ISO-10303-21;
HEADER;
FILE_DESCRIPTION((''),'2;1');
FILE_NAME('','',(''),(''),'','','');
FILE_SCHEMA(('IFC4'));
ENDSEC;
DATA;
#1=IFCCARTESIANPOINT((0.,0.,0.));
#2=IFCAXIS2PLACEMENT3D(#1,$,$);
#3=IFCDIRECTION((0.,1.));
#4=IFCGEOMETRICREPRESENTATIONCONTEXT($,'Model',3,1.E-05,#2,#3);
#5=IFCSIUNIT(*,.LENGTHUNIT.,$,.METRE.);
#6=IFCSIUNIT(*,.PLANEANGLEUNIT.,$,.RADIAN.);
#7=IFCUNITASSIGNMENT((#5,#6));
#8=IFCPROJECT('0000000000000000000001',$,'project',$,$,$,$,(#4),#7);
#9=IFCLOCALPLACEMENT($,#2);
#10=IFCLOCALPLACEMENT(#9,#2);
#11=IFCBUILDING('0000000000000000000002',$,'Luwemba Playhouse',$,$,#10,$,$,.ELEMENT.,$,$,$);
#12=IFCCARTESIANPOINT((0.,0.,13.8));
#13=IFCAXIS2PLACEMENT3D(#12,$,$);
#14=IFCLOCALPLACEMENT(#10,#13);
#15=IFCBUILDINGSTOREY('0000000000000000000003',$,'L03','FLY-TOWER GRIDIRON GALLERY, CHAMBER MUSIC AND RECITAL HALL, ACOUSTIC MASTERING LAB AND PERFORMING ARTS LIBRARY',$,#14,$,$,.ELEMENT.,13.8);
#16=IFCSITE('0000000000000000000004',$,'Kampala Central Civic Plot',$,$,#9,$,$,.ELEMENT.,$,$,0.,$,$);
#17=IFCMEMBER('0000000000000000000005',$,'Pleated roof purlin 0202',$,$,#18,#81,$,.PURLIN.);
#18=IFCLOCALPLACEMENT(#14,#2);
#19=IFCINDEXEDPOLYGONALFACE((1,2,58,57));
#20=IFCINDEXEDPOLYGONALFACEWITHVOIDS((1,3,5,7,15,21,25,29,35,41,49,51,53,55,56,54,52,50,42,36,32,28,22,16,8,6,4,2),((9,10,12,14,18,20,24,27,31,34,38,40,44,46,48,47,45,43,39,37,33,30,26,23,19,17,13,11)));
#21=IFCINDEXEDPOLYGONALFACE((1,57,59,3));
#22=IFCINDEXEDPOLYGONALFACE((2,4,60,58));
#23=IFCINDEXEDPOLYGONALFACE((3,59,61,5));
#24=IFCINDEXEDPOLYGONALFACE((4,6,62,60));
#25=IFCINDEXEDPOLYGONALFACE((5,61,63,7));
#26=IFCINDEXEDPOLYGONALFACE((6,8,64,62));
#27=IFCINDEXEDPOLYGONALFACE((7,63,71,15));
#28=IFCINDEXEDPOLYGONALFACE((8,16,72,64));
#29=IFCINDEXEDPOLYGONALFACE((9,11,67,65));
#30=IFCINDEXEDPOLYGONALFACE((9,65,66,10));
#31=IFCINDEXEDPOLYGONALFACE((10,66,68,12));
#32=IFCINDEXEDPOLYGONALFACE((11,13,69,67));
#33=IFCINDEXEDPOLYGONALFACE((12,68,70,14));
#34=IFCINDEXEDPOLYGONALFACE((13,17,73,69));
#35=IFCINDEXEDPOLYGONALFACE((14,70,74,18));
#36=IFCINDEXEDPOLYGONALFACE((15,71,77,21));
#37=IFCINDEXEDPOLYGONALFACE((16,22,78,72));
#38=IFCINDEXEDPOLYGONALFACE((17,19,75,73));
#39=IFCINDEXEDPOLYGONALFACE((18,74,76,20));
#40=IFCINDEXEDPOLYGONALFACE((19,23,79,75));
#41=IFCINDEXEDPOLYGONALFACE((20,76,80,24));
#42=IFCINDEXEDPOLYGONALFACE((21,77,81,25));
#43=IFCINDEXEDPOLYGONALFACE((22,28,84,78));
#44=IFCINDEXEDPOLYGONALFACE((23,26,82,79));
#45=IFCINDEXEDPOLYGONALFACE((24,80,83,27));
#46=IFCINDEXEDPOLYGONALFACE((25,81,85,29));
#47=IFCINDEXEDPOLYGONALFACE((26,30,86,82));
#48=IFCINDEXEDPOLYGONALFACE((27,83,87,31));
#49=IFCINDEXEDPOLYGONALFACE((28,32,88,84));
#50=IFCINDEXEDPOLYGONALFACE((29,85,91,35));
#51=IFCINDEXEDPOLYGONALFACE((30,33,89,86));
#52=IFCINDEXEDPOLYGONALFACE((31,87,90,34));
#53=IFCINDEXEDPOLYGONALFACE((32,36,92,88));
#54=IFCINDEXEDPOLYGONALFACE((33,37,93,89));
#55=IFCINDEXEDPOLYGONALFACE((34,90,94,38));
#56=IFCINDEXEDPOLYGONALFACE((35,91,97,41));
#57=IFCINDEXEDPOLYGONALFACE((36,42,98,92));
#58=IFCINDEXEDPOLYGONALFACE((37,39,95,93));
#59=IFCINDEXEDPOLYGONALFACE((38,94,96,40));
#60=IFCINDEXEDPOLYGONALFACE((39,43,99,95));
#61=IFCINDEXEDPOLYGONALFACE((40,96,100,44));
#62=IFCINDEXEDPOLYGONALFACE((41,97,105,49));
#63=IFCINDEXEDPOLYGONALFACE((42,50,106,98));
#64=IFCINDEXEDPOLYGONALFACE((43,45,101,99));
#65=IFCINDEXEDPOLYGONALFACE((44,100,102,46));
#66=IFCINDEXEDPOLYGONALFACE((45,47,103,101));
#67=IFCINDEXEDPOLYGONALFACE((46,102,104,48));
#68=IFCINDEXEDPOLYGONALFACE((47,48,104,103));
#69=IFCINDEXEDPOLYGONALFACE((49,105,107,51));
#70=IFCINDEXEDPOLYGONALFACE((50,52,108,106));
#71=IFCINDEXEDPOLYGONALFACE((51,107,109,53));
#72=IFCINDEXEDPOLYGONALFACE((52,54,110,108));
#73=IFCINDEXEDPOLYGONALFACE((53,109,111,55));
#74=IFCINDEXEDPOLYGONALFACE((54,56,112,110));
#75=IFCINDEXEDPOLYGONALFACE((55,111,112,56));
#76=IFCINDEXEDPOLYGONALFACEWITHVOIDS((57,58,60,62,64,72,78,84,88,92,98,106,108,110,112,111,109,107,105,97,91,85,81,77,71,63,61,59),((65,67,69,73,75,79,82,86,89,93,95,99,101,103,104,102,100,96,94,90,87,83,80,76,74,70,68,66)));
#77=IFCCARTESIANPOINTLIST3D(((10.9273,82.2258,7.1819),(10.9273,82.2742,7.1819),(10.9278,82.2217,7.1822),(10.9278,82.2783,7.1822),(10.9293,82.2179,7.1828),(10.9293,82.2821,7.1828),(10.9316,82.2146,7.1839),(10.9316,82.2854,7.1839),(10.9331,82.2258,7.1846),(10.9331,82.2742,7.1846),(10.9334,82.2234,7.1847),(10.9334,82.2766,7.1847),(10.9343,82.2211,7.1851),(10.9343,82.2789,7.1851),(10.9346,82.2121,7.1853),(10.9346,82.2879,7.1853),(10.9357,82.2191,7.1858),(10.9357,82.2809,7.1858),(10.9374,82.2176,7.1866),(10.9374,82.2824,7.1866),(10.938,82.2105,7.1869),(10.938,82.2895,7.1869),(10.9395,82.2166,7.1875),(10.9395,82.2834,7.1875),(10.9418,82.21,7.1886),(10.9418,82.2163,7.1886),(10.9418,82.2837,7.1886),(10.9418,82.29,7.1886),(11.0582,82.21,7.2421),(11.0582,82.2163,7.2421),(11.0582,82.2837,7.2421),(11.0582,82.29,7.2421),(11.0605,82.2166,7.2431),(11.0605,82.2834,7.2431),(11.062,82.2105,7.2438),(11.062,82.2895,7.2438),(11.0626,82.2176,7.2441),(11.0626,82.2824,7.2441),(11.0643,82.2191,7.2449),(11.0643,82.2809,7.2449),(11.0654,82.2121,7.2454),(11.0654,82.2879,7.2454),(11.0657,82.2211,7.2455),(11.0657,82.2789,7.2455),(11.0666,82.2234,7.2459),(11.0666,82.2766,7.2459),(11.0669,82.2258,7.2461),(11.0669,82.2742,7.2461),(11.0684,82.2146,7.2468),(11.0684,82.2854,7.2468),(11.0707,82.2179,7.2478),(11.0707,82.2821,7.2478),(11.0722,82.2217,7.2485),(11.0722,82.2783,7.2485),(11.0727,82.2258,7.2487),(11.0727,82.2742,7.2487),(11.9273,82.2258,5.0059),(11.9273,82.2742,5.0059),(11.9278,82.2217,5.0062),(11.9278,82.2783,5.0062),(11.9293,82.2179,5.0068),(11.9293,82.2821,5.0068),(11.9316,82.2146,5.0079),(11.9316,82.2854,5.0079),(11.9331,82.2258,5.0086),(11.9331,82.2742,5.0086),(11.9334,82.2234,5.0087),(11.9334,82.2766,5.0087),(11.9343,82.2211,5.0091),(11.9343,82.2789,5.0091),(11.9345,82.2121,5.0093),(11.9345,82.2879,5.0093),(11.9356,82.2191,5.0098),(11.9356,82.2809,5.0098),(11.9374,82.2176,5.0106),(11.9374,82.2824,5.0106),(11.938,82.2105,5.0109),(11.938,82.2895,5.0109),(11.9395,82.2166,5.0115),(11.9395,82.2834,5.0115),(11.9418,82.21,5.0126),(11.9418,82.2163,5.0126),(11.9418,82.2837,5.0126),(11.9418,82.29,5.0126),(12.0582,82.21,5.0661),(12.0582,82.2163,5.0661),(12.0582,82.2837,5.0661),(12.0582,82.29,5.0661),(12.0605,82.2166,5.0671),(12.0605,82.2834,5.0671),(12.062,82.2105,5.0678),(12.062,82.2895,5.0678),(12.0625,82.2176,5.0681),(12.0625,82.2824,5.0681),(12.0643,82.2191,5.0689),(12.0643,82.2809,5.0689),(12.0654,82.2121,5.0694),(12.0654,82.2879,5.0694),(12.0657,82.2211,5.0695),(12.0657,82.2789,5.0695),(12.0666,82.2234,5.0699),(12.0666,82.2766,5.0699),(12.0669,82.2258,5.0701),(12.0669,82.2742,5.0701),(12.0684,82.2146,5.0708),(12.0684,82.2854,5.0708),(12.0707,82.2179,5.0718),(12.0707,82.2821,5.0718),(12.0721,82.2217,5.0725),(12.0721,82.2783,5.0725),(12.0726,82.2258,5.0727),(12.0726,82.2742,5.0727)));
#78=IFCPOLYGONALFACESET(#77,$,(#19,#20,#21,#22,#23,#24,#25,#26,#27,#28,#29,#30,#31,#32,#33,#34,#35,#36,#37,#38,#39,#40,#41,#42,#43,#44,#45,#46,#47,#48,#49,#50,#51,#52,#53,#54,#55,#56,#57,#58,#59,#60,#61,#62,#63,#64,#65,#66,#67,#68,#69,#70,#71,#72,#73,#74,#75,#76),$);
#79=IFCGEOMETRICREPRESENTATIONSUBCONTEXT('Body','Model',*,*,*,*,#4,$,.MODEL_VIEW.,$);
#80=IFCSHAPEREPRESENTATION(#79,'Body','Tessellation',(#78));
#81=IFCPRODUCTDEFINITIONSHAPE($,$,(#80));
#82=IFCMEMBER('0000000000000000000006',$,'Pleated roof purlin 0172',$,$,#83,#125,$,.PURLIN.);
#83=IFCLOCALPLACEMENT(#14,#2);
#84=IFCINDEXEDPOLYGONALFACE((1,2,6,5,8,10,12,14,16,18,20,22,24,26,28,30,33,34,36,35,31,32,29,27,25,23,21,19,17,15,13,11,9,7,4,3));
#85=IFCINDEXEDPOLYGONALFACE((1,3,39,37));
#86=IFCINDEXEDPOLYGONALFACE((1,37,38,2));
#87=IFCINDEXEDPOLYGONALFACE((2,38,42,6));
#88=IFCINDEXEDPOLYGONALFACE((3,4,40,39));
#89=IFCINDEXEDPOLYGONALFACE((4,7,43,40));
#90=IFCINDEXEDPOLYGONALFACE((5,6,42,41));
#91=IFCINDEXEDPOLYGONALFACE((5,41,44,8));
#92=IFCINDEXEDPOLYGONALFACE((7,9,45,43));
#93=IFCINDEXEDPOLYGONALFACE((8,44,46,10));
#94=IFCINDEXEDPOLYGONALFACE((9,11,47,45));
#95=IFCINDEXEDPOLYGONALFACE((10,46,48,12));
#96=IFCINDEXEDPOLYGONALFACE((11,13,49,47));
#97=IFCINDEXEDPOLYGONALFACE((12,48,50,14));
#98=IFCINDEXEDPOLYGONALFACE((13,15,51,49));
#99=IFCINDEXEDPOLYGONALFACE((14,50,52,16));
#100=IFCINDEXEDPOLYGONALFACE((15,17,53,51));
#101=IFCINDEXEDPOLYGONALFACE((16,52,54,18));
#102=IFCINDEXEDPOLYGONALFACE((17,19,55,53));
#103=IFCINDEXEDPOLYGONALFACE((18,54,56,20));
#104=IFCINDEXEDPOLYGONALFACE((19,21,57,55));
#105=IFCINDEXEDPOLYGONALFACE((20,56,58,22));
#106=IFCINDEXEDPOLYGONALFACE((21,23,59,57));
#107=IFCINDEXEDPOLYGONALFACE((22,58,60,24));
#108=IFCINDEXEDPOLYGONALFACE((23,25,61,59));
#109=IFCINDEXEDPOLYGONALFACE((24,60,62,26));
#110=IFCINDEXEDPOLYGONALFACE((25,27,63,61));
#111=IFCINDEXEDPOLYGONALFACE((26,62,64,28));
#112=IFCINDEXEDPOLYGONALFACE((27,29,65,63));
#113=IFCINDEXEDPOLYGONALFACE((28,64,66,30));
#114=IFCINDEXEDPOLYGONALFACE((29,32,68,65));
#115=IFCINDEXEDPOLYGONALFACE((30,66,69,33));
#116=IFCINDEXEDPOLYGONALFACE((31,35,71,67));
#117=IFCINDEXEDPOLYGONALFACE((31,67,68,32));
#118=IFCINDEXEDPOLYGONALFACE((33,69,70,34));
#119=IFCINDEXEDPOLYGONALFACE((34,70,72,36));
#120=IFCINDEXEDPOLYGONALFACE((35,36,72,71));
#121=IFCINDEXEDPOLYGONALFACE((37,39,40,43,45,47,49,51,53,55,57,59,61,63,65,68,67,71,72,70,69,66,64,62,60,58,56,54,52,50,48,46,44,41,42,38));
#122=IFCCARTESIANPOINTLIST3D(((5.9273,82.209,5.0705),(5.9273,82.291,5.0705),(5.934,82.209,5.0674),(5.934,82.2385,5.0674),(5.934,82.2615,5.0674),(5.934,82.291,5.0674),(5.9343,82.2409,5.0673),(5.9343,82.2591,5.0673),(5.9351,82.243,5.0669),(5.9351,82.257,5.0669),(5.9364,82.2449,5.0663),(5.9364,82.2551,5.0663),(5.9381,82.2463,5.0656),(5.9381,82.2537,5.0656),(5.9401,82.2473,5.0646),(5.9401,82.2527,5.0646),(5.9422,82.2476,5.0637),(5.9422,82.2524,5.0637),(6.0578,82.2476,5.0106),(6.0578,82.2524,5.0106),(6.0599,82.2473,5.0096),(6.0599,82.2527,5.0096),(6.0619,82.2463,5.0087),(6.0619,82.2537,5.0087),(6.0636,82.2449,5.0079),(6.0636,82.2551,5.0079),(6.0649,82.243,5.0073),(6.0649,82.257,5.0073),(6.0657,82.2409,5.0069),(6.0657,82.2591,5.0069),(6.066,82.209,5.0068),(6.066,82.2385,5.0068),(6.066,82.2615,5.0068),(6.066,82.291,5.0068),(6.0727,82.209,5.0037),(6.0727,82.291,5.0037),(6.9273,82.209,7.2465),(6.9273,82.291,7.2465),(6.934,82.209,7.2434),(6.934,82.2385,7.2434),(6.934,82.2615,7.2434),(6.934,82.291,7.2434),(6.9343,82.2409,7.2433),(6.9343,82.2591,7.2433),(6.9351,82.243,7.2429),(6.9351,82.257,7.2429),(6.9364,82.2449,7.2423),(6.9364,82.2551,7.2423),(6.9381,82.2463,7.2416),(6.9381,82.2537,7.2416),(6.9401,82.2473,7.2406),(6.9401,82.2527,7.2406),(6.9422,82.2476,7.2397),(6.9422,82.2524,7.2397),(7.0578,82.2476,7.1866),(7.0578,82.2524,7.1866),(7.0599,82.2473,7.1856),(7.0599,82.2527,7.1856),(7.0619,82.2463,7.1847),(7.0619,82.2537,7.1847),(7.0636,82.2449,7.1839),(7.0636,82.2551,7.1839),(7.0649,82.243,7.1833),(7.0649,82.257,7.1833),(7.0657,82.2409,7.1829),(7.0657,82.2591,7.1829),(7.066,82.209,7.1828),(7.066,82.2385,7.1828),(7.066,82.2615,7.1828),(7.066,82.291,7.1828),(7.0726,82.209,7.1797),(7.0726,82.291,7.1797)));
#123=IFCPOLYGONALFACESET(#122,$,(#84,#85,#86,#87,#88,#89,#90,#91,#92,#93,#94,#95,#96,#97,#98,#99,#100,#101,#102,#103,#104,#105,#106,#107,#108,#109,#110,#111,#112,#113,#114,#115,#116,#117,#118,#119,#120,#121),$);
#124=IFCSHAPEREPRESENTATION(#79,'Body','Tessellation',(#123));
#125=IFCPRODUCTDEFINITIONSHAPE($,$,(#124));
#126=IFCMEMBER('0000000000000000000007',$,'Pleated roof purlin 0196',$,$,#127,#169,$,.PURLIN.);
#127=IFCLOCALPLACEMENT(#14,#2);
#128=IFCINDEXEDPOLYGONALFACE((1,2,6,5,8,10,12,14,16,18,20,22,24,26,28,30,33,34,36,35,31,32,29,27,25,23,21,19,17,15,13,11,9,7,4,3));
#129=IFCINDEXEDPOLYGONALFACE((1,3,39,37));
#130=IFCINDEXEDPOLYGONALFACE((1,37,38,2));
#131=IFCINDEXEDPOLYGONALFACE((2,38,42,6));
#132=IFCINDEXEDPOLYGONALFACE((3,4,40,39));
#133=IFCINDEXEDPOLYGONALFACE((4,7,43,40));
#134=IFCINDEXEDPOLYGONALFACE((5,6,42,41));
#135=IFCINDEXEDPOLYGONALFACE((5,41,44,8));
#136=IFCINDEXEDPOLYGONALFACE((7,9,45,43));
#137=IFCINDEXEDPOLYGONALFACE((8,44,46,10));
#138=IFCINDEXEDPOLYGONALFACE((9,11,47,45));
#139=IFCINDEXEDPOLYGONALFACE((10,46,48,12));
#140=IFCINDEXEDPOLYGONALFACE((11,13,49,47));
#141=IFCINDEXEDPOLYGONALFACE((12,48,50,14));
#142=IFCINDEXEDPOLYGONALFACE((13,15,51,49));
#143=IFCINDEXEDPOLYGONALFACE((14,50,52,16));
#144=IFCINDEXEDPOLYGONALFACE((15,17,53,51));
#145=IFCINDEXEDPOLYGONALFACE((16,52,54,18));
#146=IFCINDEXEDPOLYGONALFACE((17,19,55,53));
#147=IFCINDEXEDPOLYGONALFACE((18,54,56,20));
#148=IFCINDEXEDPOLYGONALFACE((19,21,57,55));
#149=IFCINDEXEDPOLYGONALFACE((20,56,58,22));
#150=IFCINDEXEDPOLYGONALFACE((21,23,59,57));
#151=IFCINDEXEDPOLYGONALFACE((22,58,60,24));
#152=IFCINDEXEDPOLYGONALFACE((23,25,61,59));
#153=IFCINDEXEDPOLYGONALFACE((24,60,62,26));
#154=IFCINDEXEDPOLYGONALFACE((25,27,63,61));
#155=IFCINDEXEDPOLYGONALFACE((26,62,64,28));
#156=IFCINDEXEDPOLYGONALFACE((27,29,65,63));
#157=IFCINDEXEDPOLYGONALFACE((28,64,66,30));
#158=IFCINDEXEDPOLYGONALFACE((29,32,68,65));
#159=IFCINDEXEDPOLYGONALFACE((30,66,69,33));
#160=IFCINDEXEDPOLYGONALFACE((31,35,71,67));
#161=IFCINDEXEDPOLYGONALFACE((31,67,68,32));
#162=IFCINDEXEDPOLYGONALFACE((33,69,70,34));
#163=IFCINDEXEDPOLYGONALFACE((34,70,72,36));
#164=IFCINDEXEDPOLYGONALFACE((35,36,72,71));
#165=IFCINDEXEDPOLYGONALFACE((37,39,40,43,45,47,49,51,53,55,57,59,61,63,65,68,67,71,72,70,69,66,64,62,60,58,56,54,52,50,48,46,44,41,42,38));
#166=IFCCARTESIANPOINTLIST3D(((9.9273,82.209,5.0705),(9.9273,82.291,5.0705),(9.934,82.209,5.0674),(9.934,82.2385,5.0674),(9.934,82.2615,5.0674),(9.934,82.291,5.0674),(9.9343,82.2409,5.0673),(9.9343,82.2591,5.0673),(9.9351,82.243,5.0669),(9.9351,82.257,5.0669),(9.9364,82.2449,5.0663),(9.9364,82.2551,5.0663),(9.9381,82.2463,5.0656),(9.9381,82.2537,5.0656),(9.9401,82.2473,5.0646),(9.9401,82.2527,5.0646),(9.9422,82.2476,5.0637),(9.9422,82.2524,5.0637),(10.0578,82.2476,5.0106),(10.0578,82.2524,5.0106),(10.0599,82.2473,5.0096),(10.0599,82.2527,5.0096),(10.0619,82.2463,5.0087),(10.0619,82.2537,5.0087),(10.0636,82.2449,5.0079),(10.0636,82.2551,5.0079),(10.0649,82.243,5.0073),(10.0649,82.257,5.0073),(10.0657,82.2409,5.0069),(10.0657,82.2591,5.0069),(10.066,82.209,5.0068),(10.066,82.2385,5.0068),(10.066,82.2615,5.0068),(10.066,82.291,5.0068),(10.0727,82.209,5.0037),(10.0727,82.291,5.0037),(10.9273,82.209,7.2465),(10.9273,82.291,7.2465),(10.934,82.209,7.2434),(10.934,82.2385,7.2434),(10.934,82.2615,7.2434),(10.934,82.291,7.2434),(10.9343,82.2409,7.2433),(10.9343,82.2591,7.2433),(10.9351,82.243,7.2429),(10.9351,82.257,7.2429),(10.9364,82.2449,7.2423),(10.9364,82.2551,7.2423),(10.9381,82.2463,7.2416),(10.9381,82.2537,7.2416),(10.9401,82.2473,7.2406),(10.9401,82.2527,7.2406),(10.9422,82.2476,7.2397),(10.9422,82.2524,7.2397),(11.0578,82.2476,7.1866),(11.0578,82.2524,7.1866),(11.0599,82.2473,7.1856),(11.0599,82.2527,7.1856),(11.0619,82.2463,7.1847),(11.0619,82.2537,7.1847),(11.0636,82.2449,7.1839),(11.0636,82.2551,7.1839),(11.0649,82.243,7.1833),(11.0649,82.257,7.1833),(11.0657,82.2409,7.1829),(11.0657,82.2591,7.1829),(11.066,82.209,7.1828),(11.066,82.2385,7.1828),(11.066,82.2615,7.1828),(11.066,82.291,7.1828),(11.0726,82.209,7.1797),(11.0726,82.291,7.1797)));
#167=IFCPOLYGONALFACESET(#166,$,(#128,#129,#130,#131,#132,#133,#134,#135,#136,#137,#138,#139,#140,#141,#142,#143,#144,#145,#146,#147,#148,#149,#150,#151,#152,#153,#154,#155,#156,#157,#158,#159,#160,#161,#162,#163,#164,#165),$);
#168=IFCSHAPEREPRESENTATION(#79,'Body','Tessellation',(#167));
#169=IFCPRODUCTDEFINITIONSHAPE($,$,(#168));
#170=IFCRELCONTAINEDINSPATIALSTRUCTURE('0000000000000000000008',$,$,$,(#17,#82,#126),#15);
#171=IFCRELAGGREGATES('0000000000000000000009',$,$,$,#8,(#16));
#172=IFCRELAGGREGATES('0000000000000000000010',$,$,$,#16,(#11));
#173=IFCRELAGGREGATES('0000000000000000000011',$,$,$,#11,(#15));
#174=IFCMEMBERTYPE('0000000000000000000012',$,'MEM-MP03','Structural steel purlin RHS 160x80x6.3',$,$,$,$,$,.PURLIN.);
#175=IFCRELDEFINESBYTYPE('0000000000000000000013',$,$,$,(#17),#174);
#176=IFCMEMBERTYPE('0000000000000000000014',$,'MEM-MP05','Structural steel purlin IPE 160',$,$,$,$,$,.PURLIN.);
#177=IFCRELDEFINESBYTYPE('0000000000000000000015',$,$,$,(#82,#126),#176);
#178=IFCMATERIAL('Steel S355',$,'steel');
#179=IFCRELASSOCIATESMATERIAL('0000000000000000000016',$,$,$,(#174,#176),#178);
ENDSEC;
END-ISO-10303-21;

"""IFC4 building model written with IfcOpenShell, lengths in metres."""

from ifc_helpers import new_model, si_unit, direction, frame, origin, origin_2d, place, context, subcontext, project, spatial, hollow_rectangle, i_section, extrude, material, material_profile, profile_set, type_object, element, save


model = new_model("IFC4")

# Units and contexts
model_context = context("Model", 3, precision=1e-05, world=origin(), true_north=direction((0.0, 1.0)))
body_context = subcontext(model_context, "Body", "Model", "MODEL_VIEW")
ifc_project = project(units=[si_unit("LENGTHUNIT", "METRE"), si_unit("PLANEANGLEUNIT", "RADIAN")], contexts=[model_context])

# Site, building, storey
site_placement = place(None, origin())
site = spatial("IfcSite", under=ifc_project, at=site_placement, Name="Kampala Central Civic Plot", CompositionType="ELEMENT", RefElevation=0.0)
building_placement = place(site_placement, origin())
building = spatial("IfcBuilding", under=site, at=building_placement, Name="Luwemba Playhouse", CompositionType="ELEMENT")
storey_placement = place(building_placement, frame((0.0, 0.0, 13.8)))
storey = spatial("IfcBuildingStorey", under=building, at=storey_placement, Name="L03", Description="FLY-TOWER GRIDIRON GALLERY, CHAMBER MUSIC AND RECITAL HALL, ACOUSTIC MASTERING LAB AND PERFORMING ARTS LIBRARY", CompositionType="ELEMENT", Elevation=13.8)

# Shared definitions
ifc_material_1 = material(Name="Steel S355", Category="steel")

# Members
ifc_material_profile_1 = material_profile(ifc_material_1, hollow_rectangle(XDim=0.0801, YDim=0.1599, WallThickness=0.0063, InnerFilletRadius=0.0095, OuterFilletRadius=0.0159, at=origin_2d()))
ifc_profile_set_1 = profile_set([ifc_material_profile_1], Name="Steel S355")
member_type_1 = type_object("IfcMemberType", Name="MEM-MP03", Description="Structural steel purlin RHS 160x80x6.3", PredefinedType="PURLIN", material=ifc_profile_set_1)
for number, where, z_axis, x_axis, name in (
    (1, (11.0, 82.25, 7.2153), (0.417571, 0.0, -0.908644), (0.0, 1.0, 0.0), "Pleated roof purlin 0202"),
):
    element("IfcMember", number, at=place(storey_placement, frame(where, z_axis=z_axis, x_axis=x_axis)), inside=storey, type_object=member_type_1, Name=name, PredefinedType="PURLIN", context=body_context, shape_type="SweptSolid", body=[
        extrude(hollow_rectangle(XDim=0.0801, YDim=0.1599, WallThickness=0.0063, InnerFilletRadius=0.0095, OuterFilletRadius=0.0159, at=origin_2d()), origin(), (0.0, 0.0, 1.0), 2.3948),
    ])
ifc_material_profile_2 = material_profile(ifc_material_1, i_section(OverallWidth=0.082, OverallDepth=0.1599, WebThickness=0.0049, FlangeThickness=0.0073, FilletRadius=0.009, at=origin_2d()))
ifc_profile_set_2 = profile_set([ifc_material_profile_2], Name="Steel S355")
member_type_2 = type_object("IfcMemberType", Name="MEM-MP05", Description="Structural steel purlin IPE 160", PredefinedType="PURLIN", material=ifc_profile_set_2)
for number, where, z_axis, x_axis, name in (
    (2, (6.0, 82.25, 5.0371), (0.417571, 0.0, 0.908644), (0.0, 1.0, 0.0), "Pleated roof purlin 0172"),
    (3, (10.0, 82.25, 5.0371), (0.417571, 0.0, 0.908644), (0.0, 1.0, 0.0), "Pleated roof purlin 0196"),
):
    element("IfcMember", number, at=place(storey_placement, frame(where, z_axis=z_axis, x_axis=x_axis)), inside=storey, type_object=member_type_2, Name=name, PredefinedType="PURLIN", context=body_context, shape_type="SweptSolid", body=[
        extrude(i_section(OverallWidth=0.082, OverallDepth=0.1599, WebThickness=0.0049, FlangeThickness=0.0073, FilletRadius=0.009, at=origin_2d()), origin(), (0.0, 0.0, 1.0), 2.3948),
    ])

save(model, "model.ifc")
